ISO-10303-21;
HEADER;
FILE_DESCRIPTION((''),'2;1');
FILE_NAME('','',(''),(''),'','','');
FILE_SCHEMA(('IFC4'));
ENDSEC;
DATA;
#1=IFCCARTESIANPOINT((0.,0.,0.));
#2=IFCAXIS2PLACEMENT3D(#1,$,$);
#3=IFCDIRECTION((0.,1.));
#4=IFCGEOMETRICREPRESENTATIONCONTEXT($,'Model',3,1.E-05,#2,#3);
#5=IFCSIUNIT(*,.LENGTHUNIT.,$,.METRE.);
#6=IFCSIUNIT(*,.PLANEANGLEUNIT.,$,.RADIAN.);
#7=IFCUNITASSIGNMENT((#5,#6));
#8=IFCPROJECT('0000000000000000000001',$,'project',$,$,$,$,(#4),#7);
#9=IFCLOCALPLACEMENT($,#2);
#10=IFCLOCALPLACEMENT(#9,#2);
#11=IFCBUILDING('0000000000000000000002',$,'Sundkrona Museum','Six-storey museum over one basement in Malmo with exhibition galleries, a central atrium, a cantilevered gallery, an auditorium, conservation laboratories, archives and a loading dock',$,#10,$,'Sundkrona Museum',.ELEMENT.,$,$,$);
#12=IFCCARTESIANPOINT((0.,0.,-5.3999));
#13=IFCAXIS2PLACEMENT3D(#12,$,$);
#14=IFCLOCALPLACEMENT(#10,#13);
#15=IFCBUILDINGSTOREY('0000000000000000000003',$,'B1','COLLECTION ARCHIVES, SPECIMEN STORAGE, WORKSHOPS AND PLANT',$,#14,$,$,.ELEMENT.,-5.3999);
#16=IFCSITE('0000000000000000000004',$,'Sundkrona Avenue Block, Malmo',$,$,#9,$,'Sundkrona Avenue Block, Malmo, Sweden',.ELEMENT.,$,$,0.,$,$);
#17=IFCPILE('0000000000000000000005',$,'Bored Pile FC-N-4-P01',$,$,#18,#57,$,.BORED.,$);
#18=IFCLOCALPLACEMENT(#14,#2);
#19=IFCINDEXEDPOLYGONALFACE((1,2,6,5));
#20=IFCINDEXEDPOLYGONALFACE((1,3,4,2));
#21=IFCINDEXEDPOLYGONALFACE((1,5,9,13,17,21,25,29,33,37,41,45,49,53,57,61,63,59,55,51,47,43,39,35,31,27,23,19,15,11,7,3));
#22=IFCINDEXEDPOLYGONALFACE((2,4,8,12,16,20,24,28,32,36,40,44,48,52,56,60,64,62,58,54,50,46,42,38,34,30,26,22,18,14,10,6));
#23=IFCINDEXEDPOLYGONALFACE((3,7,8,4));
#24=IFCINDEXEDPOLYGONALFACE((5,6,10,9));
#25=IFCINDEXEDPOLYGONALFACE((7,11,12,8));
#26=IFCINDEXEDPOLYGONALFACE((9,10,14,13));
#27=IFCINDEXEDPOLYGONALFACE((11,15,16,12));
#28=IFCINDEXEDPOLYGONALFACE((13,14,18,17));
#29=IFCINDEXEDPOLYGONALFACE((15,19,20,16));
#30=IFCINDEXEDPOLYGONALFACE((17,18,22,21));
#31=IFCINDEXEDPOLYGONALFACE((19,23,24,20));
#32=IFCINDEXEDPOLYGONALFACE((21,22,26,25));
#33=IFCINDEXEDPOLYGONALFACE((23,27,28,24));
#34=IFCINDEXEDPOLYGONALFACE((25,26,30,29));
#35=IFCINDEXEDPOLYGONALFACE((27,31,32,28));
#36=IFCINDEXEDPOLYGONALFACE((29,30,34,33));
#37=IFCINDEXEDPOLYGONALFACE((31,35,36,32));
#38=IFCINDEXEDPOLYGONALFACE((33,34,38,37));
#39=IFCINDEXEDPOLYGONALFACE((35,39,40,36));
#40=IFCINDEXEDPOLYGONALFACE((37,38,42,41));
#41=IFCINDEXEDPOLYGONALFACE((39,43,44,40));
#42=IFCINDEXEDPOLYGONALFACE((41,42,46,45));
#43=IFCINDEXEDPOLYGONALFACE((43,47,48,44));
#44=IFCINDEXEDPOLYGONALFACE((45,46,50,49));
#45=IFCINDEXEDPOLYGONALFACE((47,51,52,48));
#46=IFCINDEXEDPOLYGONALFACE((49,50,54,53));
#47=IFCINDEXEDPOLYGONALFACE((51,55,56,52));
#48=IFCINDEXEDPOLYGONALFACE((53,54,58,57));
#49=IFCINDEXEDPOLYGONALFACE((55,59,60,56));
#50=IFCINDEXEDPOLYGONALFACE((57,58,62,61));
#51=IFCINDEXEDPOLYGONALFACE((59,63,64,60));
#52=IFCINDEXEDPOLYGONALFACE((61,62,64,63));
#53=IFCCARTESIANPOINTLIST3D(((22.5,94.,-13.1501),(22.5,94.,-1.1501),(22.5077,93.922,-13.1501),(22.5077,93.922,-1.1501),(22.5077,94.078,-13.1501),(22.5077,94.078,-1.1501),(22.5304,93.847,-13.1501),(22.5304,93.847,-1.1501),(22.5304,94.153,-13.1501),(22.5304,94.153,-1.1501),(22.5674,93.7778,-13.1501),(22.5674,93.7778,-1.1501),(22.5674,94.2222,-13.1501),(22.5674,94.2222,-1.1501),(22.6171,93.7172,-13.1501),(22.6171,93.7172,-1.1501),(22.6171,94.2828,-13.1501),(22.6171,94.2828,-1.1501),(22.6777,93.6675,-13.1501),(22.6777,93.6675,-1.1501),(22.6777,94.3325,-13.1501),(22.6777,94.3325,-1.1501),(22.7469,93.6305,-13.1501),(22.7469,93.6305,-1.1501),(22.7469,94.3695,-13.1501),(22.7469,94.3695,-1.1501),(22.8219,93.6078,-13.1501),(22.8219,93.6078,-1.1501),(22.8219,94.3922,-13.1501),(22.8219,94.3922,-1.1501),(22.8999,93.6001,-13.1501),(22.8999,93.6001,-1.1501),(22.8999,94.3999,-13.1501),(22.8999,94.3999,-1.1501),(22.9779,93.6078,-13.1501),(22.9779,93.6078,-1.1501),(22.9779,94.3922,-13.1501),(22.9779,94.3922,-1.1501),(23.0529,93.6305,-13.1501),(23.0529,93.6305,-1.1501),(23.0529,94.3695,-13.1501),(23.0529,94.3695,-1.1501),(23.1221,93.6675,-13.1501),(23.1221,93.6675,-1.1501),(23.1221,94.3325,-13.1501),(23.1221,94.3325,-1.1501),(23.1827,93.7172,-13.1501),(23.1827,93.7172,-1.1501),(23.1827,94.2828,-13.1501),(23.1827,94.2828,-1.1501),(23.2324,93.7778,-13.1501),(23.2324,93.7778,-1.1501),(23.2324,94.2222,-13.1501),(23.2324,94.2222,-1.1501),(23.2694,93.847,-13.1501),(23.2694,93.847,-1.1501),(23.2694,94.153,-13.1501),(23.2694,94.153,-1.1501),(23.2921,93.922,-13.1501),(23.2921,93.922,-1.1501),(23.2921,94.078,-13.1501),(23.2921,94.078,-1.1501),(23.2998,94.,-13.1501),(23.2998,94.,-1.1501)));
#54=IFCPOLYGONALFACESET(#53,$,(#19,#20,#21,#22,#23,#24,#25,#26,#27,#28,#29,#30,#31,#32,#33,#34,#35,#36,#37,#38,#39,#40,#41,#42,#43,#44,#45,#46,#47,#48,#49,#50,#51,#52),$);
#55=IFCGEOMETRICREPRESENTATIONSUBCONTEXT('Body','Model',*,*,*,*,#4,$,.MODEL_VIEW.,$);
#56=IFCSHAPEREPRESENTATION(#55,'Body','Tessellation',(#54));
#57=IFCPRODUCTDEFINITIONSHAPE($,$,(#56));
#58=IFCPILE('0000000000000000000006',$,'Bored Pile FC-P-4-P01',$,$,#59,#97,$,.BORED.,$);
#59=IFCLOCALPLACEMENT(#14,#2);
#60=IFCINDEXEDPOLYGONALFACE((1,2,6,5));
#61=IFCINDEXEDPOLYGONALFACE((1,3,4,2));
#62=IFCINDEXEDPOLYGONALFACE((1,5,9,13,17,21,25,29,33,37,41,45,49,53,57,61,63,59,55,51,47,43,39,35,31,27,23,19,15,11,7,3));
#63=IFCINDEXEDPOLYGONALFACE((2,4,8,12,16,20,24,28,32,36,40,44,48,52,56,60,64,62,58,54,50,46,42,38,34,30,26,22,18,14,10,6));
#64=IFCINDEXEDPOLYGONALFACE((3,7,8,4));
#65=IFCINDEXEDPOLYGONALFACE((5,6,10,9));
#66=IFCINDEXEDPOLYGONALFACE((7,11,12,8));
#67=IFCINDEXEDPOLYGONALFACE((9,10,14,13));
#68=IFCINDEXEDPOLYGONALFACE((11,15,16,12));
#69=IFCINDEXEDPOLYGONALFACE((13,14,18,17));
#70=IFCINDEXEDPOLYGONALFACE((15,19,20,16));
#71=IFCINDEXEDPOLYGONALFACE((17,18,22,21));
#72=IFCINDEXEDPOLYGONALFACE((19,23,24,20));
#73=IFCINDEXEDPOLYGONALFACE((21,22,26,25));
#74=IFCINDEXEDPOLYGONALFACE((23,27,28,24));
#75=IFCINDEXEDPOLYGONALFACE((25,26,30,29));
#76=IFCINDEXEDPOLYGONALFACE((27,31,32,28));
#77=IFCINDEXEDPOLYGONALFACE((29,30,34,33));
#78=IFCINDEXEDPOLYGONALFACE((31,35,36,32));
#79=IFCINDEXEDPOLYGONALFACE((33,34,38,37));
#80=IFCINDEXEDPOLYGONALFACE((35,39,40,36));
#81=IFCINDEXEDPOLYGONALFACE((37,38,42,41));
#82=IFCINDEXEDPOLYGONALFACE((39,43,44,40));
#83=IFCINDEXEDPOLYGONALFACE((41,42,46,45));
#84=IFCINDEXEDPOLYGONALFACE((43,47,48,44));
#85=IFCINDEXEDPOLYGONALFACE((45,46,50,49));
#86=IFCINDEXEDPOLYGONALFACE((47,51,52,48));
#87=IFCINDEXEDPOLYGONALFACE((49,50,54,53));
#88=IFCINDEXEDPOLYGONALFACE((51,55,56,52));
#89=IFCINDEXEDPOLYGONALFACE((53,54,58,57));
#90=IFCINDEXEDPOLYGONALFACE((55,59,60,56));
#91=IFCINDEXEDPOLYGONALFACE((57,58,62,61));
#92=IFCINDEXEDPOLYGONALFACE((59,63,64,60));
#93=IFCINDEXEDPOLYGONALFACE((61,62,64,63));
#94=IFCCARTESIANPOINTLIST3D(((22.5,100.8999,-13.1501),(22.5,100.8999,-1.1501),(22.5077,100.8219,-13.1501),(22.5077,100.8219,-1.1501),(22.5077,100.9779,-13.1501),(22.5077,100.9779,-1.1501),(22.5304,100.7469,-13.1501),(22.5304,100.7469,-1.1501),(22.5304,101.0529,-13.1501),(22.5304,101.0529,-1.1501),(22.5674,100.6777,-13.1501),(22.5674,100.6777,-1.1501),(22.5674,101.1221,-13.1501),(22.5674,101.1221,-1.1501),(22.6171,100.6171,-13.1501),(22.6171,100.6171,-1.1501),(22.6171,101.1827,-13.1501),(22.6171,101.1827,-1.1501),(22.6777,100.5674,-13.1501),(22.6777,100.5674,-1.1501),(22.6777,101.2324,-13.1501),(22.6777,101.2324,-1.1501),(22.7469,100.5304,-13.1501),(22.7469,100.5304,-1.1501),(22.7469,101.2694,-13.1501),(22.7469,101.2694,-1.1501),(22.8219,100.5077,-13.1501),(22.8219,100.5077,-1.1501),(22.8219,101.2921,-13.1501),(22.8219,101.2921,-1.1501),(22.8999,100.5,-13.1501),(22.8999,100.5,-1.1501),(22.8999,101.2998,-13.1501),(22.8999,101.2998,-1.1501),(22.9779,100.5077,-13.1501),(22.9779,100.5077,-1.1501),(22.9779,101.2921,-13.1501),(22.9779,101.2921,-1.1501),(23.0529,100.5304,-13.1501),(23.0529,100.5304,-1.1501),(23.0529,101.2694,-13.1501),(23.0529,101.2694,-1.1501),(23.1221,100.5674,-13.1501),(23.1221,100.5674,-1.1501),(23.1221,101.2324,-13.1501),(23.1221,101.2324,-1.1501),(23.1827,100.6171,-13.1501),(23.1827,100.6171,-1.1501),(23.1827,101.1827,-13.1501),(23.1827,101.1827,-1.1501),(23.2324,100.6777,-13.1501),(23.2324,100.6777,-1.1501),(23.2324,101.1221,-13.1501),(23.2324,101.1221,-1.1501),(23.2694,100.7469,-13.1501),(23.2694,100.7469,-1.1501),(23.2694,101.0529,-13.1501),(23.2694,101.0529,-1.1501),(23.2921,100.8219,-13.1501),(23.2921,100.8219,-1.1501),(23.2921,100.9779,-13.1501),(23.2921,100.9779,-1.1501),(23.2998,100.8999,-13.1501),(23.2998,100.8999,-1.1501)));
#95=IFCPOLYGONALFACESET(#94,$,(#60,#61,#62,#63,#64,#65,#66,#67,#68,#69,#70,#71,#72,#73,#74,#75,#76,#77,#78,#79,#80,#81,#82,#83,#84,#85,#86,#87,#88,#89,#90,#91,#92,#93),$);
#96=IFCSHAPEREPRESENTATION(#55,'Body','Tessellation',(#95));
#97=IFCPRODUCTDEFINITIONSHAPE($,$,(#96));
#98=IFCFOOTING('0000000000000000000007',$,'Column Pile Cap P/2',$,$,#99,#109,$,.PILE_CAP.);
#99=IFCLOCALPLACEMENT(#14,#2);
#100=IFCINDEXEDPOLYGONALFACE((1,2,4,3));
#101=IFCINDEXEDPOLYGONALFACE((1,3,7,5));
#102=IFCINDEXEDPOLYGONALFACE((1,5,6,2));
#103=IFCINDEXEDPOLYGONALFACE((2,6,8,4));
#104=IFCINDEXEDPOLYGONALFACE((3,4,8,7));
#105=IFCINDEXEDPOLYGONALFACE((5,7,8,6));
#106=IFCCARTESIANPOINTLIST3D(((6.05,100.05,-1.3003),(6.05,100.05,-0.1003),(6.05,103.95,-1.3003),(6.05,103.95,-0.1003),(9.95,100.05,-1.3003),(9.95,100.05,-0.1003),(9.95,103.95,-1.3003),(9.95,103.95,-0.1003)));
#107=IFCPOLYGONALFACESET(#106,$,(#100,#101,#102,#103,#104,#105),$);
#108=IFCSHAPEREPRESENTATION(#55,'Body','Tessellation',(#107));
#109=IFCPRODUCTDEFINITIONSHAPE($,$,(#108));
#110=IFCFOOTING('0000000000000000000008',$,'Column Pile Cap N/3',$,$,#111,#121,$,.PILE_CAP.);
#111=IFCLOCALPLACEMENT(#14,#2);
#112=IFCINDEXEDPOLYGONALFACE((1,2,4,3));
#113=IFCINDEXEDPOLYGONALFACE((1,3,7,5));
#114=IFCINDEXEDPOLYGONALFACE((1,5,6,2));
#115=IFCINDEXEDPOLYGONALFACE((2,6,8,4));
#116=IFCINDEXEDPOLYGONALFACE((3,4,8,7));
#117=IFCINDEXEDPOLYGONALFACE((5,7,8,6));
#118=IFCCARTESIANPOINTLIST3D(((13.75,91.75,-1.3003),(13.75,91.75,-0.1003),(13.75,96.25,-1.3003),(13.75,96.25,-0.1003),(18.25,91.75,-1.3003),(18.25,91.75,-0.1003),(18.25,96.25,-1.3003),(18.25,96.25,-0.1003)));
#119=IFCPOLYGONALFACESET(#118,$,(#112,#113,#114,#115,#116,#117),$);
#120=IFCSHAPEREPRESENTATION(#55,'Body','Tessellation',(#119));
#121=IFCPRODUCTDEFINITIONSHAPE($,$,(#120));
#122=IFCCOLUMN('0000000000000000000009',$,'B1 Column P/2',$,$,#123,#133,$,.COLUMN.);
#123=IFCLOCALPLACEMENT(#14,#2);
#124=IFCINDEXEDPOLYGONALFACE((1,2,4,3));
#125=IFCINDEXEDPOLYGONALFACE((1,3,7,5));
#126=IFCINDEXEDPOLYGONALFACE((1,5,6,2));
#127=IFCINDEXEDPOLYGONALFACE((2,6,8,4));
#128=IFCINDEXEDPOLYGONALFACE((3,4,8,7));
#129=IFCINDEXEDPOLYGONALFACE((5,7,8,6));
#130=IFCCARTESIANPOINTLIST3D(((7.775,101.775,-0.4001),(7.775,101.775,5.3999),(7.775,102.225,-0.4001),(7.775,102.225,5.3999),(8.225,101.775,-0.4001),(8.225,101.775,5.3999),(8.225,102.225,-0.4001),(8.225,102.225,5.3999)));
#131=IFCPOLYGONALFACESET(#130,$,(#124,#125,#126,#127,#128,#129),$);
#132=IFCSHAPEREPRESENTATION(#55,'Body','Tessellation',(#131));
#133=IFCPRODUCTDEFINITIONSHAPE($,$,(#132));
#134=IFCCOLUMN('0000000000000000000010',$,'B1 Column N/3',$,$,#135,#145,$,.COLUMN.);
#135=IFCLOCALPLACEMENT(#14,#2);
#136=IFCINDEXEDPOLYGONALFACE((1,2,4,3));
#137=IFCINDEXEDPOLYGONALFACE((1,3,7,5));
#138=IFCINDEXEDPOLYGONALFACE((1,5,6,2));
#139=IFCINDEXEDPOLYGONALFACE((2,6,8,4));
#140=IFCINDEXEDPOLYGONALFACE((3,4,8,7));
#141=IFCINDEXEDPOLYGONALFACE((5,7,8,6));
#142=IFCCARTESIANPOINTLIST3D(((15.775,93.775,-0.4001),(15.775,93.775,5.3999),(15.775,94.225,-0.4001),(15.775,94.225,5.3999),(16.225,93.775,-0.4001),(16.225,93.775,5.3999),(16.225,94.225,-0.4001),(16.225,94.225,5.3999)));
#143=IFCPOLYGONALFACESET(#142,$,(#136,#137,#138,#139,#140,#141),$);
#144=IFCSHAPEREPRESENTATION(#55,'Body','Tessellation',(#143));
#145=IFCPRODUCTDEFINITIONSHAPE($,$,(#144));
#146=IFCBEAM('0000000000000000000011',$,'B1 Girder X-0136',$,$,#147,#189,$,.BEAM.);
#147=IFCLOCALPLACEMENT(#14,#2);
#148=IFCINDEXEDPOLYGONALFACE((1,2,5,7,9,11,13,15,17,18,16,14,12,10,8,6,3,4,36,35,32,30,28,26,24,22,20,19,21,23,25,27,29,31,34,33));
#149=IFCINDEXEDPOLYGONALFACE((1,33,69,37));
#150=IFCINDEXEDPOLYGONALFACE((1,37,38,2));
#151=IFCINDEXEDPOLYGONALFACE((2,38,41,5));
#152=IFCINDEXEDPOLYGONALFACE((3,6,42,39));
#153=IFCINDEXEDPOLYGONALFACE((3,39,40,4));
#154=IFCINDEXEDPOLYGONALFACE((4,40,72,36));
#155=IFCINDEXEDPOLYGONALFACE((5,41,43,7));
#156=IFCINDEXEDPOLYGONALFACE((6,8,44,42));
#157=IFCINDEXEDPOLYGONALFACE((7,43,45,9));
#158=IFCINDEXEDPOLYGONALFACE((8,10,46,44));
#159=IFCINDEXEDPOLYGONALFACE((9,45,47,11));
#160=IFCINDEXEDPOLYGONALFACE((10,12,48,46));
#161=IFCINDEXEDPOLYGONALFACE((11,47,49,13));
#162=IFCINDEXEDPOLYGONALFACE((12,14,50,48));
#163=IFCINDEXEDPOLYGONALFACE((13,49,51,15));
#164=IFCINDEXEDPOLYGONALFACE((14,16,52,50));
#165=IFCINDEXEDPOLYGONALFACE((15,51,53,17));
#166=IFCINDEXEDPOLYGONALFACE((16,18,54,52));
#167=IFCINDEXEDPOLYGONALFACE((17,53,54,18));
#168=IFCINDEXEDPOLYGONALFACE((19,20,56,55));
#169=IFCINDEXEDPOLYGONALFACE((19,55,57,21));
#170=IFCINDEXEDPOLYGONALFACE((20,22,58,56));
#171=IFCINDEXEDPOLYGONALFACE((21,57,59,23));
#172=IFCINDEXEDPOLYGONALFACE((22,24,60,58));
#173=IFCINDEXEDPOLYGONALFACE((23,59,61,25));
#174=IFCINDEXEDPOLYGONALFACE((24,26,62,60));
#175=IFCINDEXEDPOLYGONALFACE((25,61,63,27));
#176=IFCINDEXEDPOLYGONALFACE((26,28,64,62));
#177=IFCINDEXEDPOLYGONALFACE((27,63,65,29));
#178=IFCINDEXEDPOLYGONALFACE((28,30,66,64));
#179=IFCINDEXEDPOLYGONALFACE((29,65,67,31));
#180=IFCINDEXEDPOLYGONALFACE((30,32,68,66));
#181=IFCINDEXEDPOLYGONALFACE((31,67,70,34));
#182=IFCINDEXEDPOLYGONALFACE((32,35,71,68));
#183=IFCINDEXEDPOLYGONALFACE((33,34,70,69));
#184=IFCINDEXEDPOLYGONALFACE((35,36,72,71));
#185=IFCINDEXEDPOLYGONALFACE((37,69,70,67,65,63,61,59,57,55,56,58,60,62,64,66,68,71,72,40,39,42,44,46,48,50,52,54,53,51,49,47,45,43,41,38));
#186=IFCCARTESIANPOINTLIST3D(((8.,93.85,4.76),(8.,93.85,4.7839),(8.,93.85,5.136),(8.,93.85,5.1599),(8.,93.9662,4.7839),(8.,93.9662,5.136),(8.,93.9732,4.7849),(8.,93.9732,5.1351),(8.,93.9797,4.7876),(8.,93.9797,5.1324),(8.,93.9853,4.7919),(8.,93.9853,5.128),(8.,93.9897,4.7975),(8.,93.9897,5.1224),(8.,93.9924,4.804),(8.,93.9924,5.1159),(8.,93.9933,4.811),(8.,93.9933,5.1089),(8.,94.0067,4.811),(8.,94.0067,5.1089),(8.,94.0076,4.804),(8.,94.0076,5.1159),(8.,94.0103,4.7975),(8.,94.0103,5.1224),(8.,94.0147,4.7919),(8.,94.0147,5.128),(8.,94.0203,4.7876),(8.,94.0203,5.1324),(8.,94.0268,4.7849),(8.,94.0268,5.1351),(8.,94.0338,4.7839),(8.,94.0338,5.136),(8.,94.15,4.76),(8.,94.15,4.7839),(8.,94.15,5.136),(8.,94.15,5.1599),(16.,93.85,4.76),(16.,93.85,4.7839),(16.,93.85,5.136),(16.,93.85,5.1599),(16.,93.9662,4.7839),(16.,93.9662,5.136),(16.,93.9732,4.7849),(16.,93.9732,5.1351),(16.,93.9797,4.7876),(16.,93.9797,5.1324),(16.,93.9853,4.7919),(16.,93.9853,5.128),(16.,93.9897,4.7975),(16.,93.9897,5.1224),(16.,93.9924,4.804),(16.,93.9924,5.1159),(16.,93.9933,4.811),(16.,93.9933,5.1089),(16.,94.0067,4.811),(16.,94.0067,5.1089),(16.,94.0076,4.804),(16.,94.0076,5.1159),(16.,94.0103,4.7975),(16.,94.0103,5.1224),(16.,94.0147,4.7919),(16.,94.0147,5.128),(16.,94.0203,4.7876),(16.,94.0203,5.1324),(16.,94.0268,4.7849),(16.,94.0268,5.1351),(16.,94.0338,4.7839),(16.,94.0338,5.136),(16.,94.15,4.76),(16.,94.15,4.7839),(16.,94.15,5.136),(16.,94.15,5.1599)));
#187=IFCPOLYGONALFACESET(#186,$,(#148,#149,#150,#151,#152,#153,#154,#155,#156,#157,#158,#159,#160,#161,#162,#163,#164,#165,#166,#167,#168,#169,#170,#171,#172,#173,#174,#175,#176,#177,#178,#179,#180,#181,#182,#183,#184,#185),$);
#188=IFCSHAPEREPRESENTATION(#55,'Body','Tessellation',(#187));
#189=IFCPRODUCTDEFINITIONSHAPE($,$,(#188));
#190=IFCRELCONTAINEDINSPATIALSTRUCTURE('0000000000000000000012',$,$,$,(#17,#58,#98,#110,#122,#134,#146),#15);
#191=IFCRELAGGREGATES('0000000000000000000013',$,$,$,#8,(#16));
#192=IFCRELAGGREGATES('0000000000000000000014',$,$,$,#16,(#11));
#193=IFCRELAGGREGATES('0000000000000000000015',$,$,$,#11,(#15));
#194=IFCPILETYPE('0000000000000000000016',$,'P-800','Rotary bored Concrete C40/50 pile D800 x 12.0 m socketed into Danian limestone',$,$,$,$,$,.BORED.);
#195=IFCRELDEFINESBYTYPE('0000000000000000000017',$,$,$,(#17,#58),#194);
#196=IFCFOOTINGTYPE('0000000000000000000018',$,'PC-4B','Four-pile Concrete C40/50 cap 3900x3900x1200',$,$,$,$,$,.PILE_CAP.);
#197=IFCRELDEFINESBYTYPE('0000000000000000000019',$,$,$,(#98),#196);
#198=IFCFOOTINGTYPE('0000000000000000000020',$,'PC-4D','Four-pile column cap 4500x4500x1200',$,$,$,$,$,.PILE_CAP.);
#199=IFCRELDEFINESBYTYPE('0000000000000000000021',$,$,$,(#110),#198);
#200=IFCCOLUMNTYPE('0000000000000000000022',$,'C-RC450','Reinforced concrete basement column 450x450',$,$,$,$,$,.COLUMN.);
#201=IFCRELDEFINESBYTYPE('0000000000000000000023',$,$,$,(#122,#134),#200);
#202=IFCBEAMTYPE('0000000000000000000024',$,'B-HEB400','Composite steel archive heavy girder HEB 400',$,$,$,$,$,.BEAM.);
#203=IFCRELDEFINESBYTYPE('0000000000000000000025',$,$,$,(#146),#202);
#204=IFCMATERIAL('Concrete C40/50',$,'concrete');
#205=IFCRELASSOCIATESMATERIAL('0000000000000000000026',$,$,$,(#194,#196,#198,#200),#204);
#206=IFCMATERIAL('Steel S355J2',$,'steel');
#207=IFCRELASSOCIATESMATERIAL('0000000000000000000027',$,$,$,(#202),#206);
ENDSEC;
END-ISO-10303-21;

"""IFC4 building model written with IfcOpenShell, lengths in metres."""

from ifc_helpers import new_model, si_unit, direction, frame, origin, origin_2d, place, context, subcontext, project, spatial, rectangle, circle, i_section, extrude, material, material_profile, profile_set, type_object, element, save


model = new_model("IFC4")

# Units and contexts
model_context = context("Model", 3, precision=1e-05, world=origin(), true_north=direction((0.0, 1.0)))
body_context = subcontext(model_context, "Body", "Model", "MODEL_VIEW")
ifc_project = project(units=[si_unit("LENGTHUNIT", "METRE"), si_unit("PLANEANGLEUNIT", "RADIAN")], contexts=[model_context])

# Site, building, storey
site_placement = place(None, origin())
site = spatial("IfcSite", under=ifc_project, at=site_placement, Name="Sundkrona Avenue Block, Malmo", LongName="Sundkrona Avenue Block, Malmo, Sweden", CompositionType="ELEMENT", RefElevation=0.0)
building_placement = place(site_placement, origin())
building = spatial("IfcBuilding", under=site, at=building_placement, Name="Sundkrona Museum", Description="Six-storey museum over one basement in Malmo with exhibition galleries, a central atrium, a cantilevered gallery, an auditorium, conservation laboratories, archives and a loading dock", LongName="Sundkrona Museum", CompositionType="ELEMENT")
storey_placement = place(building_placement, frame((0.0, 0.0, -5.3999)))
storey = spatial("IfcBuildingStorey", under=building, at=storey_placement, Name="B1", Description="COLLECTION ARCHIVES, SPECIMEN STORAGE, WORKSHOPS AND PLANT", CompositionType="ELEMENT", Elevation=-5.3999)

# Shared definitions
ifc_material_1 = material(Name="Concrete C40/50", Category="concrete")

# Piles
ifc_material_profile_1 = material_profile(ifc_material_1, circle(Radius=0.3999, at=origin_2d()), Name="PILE D800")
ifc_profile_set_1 = profile_set([ifc_material_profile_1], Name="Concrete C40/50")
pile_type = type_object("IfcPileType", Name="P-800", Description="Rotary bored Concrete C40/50 pile D800 x 12.0 m socketed into Danian limestone", PredefinedType="BORED", material=ifc_profile_set_1)
for number, where, z_axis, x_axis, name in (
    (1, (22.8999, 94.0, -1.1501), (0.0, 0.0, -1.0), (1.0, 0.0, 0.0), "Bored Pile FC-N-4-P01"),
    (2, (22.8999, 100.8999, -1.1501), (0.0, 0.0, -1.0), (1.0, 0.0, 0.0), "Bored Pile FC-P-4-P01"),
):
    element("IfcPile", number, at=place(storey_placement, frame(where, z_axis=z_axis, x_axis=x_axis)), inside=storey, type_object=pile_type, Name=name, PredefinedType="BORED", context=body_context, shape_type="SweptSolid", body=[
        extrude(circle(Radius=0.3999, at=origin_2d()), origin(), (0.0, 0.0, 1.0), 12.0),
    ])

# Footings
footing_type_1 = type_object("IfcFootingType", Name="PC-4B", Description="Four-pile Concrete C40/50 cap 3900x3900x1200", PredefinedType="PILE_CAP", material=ifc_material_1)
footing_1_placement = place(storey_placement, frame((8.0, 102.0, -1.3003), z_axis=(0.0, 0.0, 1.0), x_axis=(1.0, 0.0, 0.0)))
element("IfcFooting", 3, at=footing_1_placement, inside=storey, type_object=footing_type_1, Name="Column Pile Cap P/2", PredefinedType="PILE_CAP", context=body_context, shape_type="SweptSolid", body=[
    extrude(rectangle(XDim=3.8999, YDim=3.8999, at=origin_2d()), origin(), (0.0, 0.0, 1.0), 1.2),
])
footing_type_2 = type_object("IfcFootingType", Name="PC-4D", Description="Four-pile column cap 4500x4500x1200", PredefinedType="PILE_CAP", material=ifc_material_1)
footing_2_placement = place(storey_placement, frame((16.0, 94.0, -1.3003), z_axis=(0.0, 0.0, 1.0), x_axis=(1.0, 0.0, 0.0)))
element("IfcFooting", 4, at=footing_2_placement, inside=storey, type_object=footing_type_2, Name="Column Pile Cap N/3", PredefinedType="PILE_CAP", context=body_context, shape_type="SweptSolid", body=[
    extrude(rectangle(XDim=4.5, YDim=4.5, at=origin_2d()), origin(), (0.0, 0.0, 1.0), 1.2),
])

# Columns
ifc_material_profile_2 = material_profile(ifc_material_1, rectangle(XDim=0.45, YDim=0.45, at=origin_2d()), Name="RC 450x450")
ifc_profile_set_2 = profile_set([ifc_material_profile_2], Name="Concrete C40/50")
column_type = type_object("IfcColumnType", Name="C-RC450", Description="Reinforced concrete basement column 450x450", PredefinedType="COLUMN", material=ifc_profile_set_2)
for number, where, z_axis, x_axis, name in (
    (5, (8.0, 102.0, -0.4001), (0.0, 0.0, 1.0), (1.0, 0.0, 0.0), "B1 Column P/2"),
    (6, (16.0, 94.0, -0.4001), (0.0, 0.0, 1.0), (1.0, 0.0, 0.0), "B1 Column N/3"),
):
    element("IfcColumn", number, at=place(storey_placement, frame(where, z_axis=z_axis, x_axis=x_axis)), inside=storey, type_object=column_type, Name=name, PredefinedType="COLUMN", context=body_context, shape_type="SweptSolid", body=[
        extrude(rectangle(XDim=0.45, YDim=0.45, at=origin_2d()), origin(), (0.0, 0.0, 1.0), 5.8),
    ])

# Beam
ifc_material_2 = material(Name="Steel S355J2", Category="steel")
ifc_material_profile_3 = material_profile(ifc_material_2, i_section(OverallWidth=0.3, OverallDepth=0.3999, WebThickness=0.0134, FlangeThickness=0.0239, FilletRadius=0.0271, at=origin_2d()), Name="HEB 400")
ifc_profile_set_3 = profile_set([ifc_material_profile_3], Name="Steel S355J2")
beam_type_1 = type_object("IfcBeamType", Name="B-HEB400", Description="Composite steel archive heavy girder HEB 400", PredefinedType="BEAM", material=ifc_profile_set_3)
for number, where, z_axis, x_axis, name in (
    (7, (8.0, 94.0, 4.96), (1.0, 0.0, 0.0), (0.0, 1.0, 0.0), "B1 Girder X-0136"),
):
    element("IfcBeam", number, at=place(storey_placement, frame(where, z_axis=z_axis, x_axis=x_axis)), inside=storey, type_object=beam_type_1, Name=name, PredefinedType="BEAM", context=body_context, shape_type="SweptSolid", body=[
        extrude(i_section(OverallWidth=0.3, OverallDepth=0.3999, WebThickness=0.0134, FlangeThickness=0.0239, FilletRadius=0.0271, at=origin_2d()), origin(), (0.0, 0.0, 1.0), 8.0),
    ])

save(model, "model.ifc")
